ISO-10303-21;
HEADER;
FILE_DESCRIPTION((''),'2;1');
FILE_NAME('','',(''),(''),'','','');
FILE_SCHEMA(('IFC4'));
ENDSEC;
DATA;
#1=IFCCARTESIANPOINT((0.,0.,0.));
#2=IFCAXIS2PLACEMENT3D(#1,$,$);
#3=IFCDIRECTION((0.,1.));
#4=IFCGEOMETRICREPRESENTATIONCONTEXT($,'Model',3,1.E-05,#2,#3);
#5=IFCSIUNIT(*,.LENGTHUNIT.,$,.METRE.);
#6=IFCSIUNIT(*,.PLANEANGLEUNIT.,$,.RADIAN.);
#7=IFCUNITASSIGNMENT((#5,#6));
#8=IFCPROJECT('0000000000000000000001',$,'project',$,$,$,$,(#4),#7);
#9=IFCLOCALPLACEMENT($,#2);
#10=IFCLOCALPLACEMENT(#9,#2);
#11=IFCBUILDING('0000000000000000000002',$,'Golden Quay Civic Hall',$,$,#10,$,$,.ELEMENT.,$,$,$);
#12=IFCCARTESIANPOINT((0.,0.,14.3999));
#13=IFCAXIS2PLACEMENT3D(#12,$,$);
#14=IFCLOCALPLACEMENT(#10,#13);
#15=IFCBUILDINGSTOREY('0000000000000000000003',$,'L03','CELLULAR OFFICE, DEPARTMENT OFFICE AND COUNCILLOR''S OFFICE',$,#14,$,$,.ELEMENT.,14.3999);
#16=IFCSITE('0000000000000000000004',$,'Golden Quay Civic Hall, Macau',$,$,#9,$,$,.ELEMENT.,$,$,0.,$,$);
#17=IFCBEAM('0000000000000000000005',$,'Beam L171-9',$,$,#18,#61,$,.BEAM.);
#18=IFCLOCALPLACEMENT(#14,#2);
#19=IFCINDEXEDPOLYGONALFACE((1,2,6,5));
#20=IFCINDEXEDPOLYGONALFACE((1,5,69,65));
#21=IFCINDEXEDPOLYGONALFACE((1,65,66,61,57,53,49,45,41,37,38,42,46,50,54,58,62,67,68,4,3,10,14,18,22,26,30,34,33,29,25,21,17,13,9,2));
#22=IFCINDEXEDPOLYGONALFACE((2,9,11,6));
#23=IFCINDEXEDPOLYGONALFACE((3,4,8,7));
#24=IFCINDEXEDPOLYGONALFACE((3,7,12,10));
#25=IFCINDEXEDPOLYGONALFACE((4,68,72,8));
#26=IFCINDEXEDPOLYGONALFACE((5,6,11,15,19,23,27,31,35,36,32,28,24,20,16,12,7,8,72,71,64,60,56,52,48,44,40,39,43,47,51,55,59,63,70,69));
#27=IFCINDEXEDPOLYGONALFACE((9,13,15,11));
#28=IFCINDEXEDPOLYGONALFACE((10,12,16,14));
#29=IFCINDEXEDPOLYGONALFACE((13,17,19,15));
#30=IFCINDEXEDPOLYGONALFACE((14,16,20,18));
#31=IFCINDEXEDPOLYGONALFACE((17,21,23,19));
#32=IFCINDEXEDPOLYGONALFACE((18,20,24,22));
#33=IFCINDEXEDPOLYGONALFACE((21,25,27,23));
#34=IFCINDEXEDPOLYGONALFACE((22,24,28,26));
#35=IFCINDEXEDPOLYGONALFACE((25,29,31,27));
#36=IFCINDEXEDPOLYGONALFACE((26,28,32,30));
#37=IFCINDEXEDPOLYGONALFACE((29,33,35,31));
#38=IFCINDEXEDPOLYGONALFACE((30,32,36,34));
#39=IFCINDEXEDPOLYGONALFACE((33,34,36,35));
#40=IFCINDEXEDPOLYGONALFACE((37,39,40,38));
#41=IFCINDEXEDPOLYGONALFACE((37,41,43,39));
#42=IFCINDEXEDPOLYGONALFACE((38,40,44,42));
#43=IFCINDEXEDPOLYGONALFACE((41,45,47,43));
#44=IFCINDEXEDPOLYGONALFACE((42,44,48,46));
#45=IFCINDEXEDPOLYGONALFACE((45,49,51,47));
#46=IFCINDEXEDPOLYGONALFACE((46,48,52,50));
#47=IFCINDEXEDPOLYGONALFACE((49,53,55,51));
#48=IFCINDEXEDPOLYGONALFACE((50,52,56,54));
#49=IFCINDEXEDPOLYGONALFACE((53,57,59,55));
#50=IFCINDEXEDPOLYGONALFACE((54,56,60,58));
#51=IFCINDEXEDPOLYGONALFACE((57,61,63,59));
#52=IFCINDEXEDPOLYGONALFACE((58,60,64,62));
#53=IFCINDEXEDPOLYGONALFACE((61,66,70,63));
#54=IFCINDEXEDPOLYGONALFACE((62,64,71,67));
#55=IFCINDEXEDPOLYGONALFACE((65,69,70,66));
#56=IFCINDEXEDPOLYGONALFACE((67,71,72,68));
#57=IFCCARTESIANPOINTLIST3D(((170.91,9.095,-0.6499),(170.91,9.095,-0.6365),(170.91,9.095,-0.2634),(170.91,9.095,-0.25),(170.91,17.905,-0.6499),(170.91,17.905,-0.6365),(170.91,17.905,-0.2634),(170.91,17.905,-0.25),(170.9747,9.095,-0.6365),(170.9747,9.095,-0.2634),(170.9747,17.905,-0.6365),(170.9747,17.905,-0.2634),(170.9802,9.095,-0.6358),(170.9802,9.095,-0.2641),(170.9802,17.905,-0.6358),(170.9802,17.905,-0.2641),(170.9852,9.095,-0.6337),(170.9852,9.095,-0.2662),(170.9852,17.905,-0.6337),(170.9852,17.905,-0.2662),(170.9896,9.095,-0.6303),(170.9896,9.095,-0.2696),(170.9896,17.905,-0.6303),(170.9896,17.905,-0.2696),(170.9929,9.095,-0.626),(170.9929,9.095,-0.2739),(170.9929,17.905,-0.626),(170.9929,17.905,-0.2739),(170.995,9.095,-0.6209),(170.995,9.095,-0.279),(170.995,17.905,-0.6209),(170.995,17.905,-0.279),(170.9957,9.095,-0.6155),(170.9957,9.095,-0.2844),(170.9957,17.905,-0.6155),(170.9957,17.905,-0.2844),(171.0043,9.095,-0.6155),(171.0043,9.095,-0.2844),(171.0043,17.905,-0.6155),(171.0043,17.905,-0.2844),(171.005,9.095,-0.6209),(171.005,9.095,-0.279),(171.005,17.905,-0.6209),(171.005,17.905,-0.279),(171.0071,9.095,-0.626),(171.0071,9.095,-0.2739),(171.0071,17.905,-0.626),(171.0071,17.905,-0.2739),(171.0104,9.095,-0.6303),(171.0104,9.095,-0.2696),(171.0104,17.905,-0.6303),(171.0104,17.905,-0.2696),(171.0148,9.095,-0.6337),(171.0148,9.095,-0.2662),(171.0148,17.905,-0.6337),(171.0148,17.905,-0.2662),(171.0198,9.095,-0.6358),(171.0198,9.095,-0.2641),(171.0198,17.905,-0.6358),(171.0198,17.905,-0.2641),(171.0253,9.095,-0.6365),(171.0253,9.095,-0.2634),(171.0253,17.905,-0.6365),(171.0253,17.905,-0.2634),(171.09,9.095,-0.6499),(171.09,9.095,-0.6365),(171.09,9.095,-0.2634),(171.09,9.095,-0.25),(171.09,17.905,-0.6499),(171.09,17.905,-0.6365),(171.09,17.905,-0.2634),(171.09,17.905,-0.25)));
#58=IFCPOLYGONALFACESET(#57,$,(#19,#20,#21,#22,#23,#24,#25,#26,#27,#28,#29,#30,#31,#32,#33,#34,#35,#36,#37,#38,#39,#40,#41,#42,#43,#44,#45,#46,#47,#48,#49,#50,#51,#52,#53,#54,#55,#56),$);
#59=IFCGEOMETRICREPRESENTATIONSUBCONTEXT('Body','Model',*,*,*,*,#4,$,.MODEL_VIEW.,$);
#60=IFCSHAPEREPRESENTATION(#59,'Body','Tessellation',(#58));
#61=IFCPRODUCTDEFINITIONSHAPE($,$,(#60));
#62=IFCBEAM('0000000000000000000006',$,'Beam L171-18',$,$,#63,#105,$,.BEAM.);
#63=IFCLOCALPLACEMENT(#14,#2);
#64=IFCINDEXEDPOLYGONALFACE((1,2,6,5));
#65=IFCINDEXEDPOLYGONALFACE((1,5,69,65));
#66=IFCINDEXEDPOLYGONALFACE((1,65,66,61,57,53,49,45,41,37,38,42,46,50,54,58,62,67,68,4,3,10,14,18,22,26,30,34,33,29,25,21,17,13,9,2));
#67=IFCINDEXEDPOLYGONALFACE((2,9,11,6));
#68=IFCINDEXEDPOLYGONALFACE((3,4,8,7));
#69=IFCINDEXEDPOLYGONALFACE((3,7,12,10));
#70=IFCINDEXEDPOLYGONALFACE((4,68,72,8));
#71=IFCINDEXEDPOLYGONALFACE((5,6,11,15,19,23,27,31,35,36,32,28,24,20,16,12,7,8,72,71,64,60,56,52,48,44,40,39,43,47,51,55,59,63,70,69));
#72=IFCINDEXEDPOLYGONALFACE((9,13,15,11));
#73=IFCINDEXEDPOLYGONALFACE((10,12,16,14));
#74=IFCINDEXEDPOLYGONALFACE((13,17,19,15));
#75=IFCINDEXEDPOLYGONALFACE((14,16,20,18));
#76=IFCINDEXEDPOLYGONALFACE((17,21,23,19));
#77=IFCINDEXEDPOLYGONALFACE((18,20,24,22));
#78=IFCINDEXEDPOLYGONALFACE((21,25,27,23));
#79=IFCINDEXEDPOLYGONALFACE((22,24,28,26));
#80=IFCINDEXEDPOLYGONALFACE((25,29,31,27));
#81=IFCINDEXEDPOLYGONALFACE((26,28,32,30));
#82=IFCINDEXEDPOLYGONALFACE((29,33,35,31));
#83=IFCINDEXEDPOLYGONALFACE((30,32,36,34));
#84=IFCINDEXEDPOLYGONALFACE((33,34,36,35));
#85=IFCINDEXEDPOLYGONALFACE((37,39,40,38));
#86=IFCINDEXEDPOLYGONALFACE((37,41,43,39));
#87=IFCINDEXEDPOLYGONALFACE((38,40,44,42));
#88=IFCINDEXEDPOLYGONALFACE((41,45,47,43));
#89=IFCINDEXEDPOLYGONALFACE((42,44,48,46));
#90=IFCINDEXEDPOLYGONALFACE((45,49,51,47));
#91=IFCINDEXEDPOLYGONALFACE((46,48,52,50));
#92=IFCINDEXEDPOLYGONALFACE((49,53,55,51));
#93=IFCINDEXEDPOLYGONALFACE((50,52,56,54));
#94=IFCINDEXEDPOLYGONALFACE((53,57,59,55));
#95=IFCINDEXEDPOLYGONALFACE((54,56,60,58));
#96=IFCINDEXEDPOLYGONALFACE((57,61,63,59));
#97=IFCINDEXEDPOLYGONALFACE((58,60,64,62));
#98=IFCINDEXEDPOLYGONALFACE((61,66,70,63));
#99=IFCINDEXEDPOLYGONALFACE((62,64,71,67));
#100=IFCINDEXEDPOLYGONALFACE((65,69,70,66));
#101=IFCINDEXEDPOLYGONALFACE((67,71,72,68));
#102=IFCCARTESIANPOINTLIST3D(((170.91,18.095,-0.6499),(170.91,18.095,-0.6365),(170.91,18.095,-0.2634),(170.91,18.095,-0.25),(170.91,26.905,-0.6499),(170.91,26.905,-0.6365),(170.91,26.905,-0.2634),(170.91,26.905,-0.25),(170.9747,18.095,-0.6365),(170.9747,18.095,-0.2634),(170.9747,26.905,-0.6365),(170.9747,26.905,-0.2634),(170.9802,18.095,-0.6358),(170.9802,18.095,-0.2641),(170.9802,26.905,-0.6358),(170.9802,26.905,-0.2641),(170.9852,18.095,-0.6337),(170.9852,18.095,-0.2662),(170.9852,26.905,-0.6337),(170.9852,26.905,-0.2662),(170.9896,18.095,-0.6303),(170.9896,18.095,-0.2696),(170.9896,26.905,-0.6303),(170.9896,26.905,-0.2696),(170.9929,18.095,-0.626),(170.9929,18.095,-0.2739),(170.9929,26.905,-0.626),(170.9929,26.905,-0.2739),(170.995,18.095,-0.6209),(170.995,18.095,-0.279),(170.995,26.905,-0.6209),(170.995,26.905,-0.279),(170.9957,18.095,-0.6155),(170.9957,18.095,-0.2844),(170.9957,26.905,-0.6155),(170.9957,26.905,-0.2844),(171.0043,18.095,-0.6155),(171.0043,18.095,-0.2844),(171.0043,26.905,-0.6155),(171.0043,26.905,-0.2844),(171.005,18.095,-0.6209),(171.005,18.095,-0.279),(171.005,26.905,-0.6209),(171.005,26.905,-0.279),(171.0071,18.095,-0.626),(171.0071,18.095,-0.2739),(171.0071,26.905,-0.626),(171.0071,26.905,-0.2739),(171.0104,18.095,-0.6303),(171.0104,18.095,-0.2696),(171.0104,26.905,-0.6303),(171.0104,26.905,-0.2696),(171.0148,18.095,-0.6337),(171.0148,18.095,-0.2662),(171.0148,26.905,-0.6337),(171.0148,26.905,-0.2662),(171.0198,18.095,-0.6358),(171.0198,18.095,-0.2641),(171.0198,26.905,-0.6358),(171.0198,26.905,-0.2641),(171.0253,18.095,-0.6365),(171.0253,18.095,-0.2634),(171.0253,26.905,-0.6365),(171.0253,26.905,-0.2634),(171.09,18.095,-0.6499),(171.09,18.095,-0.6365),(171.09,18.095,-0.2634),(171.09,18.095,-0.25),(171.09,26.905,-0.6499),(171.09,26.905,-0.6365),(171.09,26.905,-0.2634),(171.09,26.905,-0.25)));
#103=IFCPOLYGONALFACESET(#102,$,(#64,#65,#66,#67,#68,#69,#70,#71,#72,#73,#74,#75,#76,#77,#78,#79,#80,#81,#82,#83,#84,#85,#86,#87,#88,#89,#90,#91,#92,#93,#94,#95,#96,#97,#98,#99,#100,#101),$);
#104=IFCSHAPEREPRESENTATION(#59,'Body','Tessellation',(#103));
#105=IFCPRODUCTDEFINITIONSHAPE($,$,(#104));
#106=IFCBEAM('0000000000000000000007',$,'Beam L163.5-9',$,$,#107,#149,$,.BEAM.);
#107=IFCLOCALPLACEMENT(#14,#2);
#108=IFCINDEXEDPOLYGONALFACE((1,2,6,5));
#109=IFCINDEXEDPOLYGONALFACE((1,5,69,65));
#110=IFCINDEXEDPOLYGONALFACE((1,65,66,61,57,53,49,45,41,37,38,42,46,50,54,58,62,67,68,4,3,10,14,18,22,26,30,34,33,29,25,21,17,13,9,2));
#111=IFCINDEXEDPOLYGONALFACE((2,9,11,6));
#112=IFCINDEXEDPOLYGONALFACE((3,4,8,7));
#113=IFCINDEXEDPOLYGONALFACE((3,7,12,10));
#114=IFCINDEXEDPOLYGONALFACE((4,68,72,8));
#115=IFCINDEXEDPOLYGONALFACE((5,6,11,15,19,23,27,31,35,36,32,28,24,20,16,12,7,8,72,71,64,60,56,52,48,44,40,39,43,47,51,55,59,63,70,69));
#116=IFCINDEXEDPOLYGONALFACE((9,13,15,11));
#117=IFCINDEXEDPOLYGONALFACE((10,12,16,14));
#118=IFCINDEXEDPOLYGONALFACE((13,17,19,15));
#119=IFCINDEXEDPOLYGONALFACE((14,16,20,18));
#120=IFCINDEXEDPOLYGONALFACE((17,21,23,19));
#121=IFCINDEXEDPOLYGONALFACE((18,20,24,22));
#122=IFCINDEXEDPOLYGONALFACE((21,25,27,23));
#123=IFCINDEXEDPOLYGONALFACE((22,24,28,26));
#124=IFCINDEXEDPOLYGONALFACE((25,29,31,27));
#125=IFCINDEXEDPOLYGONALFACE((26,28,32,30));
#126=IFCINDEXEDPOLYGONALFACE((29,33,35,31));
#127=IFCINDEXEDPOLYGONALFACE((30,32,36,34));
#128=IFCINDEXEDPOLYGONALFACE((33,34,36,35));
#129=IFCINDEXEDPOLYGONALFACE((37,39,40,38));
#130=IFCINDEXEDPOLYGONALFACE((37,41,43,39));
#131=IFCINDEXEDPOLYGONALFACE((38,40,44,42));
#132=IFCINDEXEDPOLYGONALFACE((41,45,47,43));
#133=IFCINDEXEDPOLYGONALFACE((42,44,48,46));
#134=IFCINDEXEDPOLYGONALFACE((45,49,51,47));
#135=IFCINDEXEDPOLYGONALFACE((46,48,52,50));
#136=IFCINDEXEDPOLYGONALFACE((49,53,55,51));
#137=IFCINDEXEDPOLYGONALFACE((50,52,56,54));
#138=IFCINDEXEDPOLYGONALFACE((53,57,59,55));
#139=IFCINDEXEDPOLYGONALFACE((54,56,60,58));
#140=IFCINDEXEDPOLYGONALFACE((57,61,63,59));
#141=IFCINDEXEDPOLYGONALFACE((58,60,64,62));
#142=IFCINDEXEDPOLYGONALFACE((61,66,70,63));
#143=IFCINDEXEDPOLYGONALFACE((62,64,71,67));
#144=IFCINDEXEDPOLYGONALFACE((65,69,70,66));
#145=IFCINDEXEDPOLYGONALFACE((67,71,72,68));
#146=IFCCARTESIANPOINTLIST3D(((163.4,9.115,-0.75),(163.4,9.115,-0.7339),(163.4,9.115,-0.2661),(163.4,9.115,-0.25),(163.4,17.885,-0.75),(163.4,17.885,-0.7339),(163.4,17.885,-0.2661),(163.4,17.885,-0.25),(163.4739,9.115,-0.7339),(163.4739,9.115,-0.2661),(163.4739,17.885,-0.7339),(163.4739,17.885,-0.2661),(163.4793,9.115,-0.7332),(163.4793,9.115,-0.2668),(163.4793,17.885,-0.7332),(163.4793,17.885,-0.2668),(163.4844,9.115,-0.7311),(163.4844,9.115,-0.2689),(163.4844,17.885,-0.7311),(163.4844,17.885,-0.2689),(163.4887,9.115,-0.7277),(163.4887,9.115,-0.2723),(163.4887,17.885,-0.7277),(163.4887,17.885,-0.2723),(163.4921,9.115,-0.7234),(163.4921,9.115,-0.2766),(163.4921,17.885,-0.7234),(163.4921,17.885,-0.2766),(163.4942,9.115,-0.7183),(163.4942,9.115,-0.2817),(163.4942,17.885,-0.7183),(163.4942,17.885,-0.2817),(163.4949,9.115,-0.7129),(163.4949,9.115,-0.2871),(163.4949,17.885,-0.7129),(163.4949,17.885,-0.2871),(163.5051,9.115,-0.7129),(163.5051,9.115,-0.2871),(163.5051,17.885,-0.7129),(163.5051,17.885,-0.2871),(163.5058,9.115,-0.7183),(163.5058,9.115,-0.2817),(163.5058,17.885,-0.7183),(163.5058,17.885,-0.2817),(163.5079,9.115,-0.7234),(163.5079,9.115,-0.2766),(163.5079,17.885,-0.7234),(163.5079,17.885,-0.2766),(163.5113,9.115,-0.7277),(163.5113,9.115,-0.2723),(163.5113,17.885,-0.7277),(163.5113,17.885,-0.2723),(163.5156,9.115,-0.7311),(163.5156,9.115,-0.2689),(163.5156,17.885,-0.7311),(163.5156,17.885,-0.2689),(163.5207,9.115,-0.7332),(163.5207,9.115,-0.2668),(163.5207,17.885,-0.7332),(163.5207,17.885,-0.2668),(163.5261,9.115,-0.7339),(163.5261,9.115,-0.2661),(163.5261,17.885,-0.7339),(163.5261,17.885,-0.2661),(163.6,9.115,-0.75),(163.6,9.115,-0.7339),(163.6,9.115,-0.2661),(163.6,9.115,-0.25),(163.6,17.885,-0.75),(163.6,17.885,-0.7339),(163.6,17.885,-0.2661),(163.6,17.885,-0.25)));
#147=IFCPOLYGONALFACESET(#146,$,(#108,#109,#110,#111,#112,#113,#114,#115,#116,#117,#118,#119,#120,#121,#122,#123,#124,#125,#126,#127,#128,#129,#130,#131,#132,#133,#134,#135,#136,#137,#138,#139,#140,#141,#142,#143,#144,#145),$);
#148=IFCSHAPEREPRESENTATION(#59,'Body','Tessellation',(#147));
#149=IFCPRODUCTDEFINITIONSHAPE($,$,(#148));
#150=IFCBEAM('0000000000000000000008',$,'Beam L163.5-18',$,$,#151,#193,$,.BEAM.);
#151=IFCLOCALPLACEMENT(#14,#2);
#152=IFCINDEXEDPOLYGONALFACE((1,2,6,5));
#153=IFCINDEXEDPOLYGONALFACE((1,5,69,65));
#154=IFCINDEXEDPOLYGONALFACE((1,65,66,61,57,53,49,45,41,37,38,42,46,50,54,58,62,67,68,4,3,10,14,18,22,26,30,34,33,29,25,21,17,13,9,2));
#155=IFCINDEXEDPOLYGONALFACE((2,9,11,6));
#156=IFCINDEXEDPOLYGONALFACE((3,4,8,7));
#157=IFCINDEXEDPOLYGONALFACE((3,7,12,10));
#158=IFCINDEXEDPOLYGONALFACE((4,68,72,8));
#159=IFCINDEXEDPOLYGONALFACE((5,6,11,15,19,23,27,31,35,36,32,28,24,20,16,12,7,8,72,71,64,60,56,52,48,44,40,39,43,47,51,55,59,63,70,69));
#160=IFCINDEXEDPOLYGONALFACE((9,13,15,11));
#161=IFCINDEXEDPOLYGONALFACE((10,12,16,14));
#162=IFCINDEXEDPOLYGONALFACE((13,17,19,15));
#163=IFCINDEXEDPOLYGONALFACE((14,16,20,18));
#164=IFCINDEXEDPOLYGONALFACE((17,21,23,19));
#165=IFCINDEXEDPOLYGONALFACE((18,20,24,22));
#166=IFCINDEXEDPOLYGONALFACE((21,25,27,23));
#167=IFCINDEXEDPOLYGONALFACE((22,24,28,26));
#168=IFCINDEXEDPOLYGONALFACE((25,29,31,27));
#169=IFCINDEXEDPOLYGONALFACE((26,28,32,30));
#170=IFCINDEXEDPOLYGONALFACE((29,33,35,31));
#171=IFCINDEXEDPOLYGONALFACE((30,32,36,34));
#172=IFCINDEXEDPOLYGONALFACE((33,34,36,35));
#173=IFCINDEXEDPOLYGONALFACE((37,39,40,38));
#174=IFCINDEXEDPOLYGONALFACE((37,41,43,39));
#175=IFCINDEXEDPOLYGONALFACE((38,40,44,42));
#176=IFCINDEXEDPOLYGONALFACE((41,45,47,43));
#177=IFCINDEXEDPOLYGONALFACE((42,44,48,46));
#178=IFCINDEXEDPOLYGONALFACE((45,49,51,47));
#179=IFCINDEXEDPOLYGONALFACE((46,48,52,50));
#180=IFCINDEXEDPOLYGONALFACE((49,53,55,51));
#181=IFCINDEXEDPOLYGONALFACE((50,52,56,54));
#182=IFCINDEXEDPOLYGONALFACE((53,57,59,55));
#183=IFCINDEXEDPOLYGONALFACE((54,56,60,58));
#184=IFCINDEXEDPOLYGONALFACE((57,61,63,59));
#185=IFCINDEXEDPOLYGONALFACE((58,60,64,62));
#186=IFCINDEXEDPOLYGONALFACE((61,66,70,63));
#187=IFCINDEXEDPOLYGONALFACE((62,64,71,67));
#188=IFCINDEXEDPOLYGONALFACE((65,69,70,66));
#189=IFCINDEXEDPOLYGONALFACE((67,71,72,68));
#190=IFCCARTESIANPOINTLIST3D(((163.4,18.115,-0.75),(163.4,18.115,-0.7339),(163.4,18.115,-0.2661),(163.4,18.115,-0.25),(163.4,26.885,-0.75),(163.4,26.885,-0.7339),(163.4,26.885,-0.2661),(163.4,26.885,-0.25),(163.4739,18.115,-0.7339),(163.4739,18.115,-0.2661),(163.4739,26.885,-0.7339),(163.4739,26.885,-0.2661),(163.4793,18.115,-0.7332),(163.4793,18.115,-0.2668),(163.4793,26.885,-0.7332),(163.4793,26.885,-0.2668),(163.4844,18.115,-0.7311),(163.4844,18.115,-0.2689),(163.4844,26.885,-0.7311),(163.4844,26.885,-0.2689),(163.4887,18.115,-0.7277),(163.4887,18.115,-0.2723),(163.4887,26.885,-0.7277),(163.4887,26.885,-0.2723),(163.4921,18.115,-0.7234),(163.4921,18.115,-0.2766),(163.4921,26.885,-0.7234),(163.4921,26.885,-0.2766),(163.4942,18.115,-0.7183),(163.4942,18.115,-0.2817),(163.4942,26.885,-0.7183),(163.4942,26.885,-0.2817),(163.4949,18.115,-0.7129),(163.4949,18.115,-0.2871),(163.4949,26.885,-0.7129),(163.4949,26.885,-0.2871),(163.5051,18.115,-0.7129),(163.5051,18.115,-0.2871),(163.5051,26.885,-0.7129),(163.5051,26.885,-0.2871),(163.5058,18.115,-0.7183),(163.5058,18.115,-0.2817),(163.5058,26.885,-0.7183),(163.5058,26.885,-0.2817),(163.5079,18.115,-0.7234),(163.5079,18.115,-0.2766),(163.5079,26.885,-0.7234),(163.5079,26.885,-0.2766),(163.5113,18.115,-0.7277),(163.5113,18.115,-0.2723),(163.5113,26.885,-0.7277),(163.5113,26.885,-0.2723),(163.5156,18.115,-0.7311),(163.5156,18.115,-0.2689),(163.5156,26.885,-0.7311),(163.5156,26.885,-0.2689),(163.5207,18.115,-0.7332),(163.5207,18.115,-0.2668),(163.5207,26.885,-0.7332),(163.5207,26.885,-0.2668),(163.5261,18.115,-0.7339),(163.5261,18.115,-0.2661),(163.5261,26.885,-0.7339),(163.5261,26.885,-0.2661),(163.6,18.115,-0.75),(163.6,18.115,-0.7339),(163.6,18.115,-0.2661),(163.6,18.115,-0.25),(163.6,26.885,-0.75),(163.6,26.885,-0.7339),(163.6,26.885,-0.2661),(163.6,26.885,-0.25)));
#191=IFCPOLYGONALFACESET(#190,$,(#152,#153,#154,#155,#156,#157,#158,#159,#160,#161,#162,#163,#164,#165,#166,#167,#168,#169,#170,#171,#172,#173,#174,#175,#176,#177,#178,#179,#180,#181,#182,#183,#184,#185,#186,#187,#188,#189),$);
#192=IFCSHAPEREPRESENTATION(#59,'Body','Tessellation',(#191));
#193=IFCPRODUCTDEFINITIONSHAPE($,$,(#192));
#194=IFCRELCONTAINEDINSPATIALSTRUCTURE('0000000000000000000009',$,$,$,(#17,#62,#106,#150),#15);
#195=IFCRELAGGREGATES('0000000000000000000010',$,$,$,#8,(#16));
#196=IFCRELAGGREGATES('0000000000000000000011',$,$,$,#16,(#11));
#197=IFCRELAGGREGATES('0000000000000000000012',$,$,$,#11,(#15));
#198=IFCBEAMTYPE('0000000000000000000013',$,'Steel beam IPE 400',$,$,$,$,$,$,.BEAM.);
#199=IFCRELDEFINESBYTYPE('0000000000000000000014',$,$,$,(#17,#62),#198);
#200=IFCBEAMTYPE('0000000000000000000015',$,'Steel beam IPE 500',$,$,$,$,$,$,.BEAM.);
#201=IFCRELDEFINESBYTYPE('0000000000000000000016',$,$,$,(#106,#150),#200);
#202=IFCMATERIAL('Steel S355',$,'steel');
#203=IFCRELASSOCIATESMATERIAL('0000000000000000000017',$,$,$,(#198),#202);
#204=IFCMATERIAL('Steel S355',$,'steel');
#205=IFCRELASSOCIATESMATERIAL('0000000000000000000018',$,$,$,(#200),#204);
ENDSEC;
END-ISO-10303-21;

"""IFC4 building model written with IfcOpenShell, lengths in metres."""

from ifc_helpers import new_model, si_unit, direction, frame, origin, origin_2d, place, context, subcontext, project, spatial, i_section, extrude, material, material_profile, profile_set, type_object, element, save


model = new_model("IFC4")

# Units and contexts
model_context = context("Model", 3, precision=1e-05, world=origin(), true_north=direction((0.0, 1.0)))
body_context = subcontext(model_context, "Body", "Model", "MODEL_VIEW")
ifc_project = project(units=[si_unit("LENGTHUNIT", "METRE"), si_unit("PLANEANGLEUNIT", "RADIAN")], contexts=[model_context])

# Site, building, storey
site_placement = place(None, origin())
site = spatial("IfcSite", under=ifc_project, at=site_placement, Name="Golden Quay Civic Hall, Macau", CompositionType="ELEMENT", RefElevation=0.0)
building_placement = place(site_placement, origin())
building = spatial("IfcBuilding", under=site, at=building_placement, Name="Golden Quay Civic Hall", CompositionType="ELEMENT")
storey_placement = place(building_placement, frame((0.0, 0.0, 14.3999)))
storey = spatial("IfcBuildingStorey", under=building, at=storey_placement, Name="L03", Description="CELLULAR OFFICE, DEPARTMENT OFFICE AND COUNCILLOR'S OFFICE", CompositionType="ELEMENT", Elevation=14.3999)

# Beams
ifc_material_1 = material(Name="Steel S355", Category="steel")
ifc_material_profile_1 = material_profile(ifc_material_1, i_section(OverallWidth=0.1799, OverallDepth=0.3999, WebThickness=0.0085, FlangeThickness=0.0134, FilletRadius=0.021, at=origin_2d()), Name="IPE 400")
ifc_profile_set_1 = profile_set([ifc_material_profile_1], Name="Steel S355")
beam_type_1 = type_object("IfcBeamType", Name="Steel beam IPE 400", PredefinedType="BEAM", material=ifc_profile_set_1)
for number, where, z_axis, x_axis, name in (
    (1, (171.0, 9.095, -0.45), (0.0, 1.0, 0.0), (-1.0, 0.0, 0.0), "Beam L171-9"),
    (2, (171.0, 18.095, -0.45), (0.0, 1.0, 0.0), (-1.0, 0.0, 0.0), "Beam L171-18"),
):
    element("IfcBeam", number, at=place(storey_placement, frame(where, z_axis=z_axis, x_axis=x_axis)), inside=storey, type_object=beam_type_1, Name=name, PredefinedType="BEAM", context=body_context, shape_type="SweptSolid", body=[
        extrude(i_section(OverallWidth=0.1799, OverallDepth=0.3999, WebThickness=0.0085, FlangeThickness=0.0134, FilletRadius=0.021, at=origin_2d()), origin(), (0.0, 0.0, 1.0), 8.8101),
    ])
ifc_material_2 = material(Name="Steel S355", Category="steel")
ifc_material_profile_2 = material_profile(ifc_material_2, i_section(OverallWidth=0.2, OverallDepth=0.5, WebThickness=0.0103, FlangeThickness=0.0161, FilletRadius=0.021, at=origin_2d()), Name="IPE 500")
ifc_profile_set_2 = profile_set([ifc_material_profile_2], Name="Steel S355")
beam_type_2 = type_object("IfcBeamType", Name="Steel beam IPE 500", PredefinedType="BEAM", material=ifc_profile_set_2)
for number, where, z_axis, x_axis, name in (
    (3, (163.5, 9.115, -0.5), (0.0, 1.0, 0.0), (-1.0, 0.0, 0.0), "Beam L163.5-9"),
    (4, (163.5, 18.115, -0.5), (0.0, 1.0, 0.0), (-1.0, 0.0, 0.0), "Beam L163.5-18"),
):
    element("IfcBeam", number, at=place(storey_placement, frame(where, z_axis=z_axis, x_axis=x_axis)), inside=storey, type_object=beam_type_2, Name=name, PredefinedType="BEAM", context=body_context, shape_type="SweptSolid", body=[
        extrude(i_section(OverallWidth=0.2, OverallDepth=0.5, WebThickness=0.0103, FlangeThickness=0.0161, FilletRadius=0.021, at=origin_2d()), origin(), (0.0, 0.0, 1.0), 8.77),
    ])

save(model, "model.ifc")
